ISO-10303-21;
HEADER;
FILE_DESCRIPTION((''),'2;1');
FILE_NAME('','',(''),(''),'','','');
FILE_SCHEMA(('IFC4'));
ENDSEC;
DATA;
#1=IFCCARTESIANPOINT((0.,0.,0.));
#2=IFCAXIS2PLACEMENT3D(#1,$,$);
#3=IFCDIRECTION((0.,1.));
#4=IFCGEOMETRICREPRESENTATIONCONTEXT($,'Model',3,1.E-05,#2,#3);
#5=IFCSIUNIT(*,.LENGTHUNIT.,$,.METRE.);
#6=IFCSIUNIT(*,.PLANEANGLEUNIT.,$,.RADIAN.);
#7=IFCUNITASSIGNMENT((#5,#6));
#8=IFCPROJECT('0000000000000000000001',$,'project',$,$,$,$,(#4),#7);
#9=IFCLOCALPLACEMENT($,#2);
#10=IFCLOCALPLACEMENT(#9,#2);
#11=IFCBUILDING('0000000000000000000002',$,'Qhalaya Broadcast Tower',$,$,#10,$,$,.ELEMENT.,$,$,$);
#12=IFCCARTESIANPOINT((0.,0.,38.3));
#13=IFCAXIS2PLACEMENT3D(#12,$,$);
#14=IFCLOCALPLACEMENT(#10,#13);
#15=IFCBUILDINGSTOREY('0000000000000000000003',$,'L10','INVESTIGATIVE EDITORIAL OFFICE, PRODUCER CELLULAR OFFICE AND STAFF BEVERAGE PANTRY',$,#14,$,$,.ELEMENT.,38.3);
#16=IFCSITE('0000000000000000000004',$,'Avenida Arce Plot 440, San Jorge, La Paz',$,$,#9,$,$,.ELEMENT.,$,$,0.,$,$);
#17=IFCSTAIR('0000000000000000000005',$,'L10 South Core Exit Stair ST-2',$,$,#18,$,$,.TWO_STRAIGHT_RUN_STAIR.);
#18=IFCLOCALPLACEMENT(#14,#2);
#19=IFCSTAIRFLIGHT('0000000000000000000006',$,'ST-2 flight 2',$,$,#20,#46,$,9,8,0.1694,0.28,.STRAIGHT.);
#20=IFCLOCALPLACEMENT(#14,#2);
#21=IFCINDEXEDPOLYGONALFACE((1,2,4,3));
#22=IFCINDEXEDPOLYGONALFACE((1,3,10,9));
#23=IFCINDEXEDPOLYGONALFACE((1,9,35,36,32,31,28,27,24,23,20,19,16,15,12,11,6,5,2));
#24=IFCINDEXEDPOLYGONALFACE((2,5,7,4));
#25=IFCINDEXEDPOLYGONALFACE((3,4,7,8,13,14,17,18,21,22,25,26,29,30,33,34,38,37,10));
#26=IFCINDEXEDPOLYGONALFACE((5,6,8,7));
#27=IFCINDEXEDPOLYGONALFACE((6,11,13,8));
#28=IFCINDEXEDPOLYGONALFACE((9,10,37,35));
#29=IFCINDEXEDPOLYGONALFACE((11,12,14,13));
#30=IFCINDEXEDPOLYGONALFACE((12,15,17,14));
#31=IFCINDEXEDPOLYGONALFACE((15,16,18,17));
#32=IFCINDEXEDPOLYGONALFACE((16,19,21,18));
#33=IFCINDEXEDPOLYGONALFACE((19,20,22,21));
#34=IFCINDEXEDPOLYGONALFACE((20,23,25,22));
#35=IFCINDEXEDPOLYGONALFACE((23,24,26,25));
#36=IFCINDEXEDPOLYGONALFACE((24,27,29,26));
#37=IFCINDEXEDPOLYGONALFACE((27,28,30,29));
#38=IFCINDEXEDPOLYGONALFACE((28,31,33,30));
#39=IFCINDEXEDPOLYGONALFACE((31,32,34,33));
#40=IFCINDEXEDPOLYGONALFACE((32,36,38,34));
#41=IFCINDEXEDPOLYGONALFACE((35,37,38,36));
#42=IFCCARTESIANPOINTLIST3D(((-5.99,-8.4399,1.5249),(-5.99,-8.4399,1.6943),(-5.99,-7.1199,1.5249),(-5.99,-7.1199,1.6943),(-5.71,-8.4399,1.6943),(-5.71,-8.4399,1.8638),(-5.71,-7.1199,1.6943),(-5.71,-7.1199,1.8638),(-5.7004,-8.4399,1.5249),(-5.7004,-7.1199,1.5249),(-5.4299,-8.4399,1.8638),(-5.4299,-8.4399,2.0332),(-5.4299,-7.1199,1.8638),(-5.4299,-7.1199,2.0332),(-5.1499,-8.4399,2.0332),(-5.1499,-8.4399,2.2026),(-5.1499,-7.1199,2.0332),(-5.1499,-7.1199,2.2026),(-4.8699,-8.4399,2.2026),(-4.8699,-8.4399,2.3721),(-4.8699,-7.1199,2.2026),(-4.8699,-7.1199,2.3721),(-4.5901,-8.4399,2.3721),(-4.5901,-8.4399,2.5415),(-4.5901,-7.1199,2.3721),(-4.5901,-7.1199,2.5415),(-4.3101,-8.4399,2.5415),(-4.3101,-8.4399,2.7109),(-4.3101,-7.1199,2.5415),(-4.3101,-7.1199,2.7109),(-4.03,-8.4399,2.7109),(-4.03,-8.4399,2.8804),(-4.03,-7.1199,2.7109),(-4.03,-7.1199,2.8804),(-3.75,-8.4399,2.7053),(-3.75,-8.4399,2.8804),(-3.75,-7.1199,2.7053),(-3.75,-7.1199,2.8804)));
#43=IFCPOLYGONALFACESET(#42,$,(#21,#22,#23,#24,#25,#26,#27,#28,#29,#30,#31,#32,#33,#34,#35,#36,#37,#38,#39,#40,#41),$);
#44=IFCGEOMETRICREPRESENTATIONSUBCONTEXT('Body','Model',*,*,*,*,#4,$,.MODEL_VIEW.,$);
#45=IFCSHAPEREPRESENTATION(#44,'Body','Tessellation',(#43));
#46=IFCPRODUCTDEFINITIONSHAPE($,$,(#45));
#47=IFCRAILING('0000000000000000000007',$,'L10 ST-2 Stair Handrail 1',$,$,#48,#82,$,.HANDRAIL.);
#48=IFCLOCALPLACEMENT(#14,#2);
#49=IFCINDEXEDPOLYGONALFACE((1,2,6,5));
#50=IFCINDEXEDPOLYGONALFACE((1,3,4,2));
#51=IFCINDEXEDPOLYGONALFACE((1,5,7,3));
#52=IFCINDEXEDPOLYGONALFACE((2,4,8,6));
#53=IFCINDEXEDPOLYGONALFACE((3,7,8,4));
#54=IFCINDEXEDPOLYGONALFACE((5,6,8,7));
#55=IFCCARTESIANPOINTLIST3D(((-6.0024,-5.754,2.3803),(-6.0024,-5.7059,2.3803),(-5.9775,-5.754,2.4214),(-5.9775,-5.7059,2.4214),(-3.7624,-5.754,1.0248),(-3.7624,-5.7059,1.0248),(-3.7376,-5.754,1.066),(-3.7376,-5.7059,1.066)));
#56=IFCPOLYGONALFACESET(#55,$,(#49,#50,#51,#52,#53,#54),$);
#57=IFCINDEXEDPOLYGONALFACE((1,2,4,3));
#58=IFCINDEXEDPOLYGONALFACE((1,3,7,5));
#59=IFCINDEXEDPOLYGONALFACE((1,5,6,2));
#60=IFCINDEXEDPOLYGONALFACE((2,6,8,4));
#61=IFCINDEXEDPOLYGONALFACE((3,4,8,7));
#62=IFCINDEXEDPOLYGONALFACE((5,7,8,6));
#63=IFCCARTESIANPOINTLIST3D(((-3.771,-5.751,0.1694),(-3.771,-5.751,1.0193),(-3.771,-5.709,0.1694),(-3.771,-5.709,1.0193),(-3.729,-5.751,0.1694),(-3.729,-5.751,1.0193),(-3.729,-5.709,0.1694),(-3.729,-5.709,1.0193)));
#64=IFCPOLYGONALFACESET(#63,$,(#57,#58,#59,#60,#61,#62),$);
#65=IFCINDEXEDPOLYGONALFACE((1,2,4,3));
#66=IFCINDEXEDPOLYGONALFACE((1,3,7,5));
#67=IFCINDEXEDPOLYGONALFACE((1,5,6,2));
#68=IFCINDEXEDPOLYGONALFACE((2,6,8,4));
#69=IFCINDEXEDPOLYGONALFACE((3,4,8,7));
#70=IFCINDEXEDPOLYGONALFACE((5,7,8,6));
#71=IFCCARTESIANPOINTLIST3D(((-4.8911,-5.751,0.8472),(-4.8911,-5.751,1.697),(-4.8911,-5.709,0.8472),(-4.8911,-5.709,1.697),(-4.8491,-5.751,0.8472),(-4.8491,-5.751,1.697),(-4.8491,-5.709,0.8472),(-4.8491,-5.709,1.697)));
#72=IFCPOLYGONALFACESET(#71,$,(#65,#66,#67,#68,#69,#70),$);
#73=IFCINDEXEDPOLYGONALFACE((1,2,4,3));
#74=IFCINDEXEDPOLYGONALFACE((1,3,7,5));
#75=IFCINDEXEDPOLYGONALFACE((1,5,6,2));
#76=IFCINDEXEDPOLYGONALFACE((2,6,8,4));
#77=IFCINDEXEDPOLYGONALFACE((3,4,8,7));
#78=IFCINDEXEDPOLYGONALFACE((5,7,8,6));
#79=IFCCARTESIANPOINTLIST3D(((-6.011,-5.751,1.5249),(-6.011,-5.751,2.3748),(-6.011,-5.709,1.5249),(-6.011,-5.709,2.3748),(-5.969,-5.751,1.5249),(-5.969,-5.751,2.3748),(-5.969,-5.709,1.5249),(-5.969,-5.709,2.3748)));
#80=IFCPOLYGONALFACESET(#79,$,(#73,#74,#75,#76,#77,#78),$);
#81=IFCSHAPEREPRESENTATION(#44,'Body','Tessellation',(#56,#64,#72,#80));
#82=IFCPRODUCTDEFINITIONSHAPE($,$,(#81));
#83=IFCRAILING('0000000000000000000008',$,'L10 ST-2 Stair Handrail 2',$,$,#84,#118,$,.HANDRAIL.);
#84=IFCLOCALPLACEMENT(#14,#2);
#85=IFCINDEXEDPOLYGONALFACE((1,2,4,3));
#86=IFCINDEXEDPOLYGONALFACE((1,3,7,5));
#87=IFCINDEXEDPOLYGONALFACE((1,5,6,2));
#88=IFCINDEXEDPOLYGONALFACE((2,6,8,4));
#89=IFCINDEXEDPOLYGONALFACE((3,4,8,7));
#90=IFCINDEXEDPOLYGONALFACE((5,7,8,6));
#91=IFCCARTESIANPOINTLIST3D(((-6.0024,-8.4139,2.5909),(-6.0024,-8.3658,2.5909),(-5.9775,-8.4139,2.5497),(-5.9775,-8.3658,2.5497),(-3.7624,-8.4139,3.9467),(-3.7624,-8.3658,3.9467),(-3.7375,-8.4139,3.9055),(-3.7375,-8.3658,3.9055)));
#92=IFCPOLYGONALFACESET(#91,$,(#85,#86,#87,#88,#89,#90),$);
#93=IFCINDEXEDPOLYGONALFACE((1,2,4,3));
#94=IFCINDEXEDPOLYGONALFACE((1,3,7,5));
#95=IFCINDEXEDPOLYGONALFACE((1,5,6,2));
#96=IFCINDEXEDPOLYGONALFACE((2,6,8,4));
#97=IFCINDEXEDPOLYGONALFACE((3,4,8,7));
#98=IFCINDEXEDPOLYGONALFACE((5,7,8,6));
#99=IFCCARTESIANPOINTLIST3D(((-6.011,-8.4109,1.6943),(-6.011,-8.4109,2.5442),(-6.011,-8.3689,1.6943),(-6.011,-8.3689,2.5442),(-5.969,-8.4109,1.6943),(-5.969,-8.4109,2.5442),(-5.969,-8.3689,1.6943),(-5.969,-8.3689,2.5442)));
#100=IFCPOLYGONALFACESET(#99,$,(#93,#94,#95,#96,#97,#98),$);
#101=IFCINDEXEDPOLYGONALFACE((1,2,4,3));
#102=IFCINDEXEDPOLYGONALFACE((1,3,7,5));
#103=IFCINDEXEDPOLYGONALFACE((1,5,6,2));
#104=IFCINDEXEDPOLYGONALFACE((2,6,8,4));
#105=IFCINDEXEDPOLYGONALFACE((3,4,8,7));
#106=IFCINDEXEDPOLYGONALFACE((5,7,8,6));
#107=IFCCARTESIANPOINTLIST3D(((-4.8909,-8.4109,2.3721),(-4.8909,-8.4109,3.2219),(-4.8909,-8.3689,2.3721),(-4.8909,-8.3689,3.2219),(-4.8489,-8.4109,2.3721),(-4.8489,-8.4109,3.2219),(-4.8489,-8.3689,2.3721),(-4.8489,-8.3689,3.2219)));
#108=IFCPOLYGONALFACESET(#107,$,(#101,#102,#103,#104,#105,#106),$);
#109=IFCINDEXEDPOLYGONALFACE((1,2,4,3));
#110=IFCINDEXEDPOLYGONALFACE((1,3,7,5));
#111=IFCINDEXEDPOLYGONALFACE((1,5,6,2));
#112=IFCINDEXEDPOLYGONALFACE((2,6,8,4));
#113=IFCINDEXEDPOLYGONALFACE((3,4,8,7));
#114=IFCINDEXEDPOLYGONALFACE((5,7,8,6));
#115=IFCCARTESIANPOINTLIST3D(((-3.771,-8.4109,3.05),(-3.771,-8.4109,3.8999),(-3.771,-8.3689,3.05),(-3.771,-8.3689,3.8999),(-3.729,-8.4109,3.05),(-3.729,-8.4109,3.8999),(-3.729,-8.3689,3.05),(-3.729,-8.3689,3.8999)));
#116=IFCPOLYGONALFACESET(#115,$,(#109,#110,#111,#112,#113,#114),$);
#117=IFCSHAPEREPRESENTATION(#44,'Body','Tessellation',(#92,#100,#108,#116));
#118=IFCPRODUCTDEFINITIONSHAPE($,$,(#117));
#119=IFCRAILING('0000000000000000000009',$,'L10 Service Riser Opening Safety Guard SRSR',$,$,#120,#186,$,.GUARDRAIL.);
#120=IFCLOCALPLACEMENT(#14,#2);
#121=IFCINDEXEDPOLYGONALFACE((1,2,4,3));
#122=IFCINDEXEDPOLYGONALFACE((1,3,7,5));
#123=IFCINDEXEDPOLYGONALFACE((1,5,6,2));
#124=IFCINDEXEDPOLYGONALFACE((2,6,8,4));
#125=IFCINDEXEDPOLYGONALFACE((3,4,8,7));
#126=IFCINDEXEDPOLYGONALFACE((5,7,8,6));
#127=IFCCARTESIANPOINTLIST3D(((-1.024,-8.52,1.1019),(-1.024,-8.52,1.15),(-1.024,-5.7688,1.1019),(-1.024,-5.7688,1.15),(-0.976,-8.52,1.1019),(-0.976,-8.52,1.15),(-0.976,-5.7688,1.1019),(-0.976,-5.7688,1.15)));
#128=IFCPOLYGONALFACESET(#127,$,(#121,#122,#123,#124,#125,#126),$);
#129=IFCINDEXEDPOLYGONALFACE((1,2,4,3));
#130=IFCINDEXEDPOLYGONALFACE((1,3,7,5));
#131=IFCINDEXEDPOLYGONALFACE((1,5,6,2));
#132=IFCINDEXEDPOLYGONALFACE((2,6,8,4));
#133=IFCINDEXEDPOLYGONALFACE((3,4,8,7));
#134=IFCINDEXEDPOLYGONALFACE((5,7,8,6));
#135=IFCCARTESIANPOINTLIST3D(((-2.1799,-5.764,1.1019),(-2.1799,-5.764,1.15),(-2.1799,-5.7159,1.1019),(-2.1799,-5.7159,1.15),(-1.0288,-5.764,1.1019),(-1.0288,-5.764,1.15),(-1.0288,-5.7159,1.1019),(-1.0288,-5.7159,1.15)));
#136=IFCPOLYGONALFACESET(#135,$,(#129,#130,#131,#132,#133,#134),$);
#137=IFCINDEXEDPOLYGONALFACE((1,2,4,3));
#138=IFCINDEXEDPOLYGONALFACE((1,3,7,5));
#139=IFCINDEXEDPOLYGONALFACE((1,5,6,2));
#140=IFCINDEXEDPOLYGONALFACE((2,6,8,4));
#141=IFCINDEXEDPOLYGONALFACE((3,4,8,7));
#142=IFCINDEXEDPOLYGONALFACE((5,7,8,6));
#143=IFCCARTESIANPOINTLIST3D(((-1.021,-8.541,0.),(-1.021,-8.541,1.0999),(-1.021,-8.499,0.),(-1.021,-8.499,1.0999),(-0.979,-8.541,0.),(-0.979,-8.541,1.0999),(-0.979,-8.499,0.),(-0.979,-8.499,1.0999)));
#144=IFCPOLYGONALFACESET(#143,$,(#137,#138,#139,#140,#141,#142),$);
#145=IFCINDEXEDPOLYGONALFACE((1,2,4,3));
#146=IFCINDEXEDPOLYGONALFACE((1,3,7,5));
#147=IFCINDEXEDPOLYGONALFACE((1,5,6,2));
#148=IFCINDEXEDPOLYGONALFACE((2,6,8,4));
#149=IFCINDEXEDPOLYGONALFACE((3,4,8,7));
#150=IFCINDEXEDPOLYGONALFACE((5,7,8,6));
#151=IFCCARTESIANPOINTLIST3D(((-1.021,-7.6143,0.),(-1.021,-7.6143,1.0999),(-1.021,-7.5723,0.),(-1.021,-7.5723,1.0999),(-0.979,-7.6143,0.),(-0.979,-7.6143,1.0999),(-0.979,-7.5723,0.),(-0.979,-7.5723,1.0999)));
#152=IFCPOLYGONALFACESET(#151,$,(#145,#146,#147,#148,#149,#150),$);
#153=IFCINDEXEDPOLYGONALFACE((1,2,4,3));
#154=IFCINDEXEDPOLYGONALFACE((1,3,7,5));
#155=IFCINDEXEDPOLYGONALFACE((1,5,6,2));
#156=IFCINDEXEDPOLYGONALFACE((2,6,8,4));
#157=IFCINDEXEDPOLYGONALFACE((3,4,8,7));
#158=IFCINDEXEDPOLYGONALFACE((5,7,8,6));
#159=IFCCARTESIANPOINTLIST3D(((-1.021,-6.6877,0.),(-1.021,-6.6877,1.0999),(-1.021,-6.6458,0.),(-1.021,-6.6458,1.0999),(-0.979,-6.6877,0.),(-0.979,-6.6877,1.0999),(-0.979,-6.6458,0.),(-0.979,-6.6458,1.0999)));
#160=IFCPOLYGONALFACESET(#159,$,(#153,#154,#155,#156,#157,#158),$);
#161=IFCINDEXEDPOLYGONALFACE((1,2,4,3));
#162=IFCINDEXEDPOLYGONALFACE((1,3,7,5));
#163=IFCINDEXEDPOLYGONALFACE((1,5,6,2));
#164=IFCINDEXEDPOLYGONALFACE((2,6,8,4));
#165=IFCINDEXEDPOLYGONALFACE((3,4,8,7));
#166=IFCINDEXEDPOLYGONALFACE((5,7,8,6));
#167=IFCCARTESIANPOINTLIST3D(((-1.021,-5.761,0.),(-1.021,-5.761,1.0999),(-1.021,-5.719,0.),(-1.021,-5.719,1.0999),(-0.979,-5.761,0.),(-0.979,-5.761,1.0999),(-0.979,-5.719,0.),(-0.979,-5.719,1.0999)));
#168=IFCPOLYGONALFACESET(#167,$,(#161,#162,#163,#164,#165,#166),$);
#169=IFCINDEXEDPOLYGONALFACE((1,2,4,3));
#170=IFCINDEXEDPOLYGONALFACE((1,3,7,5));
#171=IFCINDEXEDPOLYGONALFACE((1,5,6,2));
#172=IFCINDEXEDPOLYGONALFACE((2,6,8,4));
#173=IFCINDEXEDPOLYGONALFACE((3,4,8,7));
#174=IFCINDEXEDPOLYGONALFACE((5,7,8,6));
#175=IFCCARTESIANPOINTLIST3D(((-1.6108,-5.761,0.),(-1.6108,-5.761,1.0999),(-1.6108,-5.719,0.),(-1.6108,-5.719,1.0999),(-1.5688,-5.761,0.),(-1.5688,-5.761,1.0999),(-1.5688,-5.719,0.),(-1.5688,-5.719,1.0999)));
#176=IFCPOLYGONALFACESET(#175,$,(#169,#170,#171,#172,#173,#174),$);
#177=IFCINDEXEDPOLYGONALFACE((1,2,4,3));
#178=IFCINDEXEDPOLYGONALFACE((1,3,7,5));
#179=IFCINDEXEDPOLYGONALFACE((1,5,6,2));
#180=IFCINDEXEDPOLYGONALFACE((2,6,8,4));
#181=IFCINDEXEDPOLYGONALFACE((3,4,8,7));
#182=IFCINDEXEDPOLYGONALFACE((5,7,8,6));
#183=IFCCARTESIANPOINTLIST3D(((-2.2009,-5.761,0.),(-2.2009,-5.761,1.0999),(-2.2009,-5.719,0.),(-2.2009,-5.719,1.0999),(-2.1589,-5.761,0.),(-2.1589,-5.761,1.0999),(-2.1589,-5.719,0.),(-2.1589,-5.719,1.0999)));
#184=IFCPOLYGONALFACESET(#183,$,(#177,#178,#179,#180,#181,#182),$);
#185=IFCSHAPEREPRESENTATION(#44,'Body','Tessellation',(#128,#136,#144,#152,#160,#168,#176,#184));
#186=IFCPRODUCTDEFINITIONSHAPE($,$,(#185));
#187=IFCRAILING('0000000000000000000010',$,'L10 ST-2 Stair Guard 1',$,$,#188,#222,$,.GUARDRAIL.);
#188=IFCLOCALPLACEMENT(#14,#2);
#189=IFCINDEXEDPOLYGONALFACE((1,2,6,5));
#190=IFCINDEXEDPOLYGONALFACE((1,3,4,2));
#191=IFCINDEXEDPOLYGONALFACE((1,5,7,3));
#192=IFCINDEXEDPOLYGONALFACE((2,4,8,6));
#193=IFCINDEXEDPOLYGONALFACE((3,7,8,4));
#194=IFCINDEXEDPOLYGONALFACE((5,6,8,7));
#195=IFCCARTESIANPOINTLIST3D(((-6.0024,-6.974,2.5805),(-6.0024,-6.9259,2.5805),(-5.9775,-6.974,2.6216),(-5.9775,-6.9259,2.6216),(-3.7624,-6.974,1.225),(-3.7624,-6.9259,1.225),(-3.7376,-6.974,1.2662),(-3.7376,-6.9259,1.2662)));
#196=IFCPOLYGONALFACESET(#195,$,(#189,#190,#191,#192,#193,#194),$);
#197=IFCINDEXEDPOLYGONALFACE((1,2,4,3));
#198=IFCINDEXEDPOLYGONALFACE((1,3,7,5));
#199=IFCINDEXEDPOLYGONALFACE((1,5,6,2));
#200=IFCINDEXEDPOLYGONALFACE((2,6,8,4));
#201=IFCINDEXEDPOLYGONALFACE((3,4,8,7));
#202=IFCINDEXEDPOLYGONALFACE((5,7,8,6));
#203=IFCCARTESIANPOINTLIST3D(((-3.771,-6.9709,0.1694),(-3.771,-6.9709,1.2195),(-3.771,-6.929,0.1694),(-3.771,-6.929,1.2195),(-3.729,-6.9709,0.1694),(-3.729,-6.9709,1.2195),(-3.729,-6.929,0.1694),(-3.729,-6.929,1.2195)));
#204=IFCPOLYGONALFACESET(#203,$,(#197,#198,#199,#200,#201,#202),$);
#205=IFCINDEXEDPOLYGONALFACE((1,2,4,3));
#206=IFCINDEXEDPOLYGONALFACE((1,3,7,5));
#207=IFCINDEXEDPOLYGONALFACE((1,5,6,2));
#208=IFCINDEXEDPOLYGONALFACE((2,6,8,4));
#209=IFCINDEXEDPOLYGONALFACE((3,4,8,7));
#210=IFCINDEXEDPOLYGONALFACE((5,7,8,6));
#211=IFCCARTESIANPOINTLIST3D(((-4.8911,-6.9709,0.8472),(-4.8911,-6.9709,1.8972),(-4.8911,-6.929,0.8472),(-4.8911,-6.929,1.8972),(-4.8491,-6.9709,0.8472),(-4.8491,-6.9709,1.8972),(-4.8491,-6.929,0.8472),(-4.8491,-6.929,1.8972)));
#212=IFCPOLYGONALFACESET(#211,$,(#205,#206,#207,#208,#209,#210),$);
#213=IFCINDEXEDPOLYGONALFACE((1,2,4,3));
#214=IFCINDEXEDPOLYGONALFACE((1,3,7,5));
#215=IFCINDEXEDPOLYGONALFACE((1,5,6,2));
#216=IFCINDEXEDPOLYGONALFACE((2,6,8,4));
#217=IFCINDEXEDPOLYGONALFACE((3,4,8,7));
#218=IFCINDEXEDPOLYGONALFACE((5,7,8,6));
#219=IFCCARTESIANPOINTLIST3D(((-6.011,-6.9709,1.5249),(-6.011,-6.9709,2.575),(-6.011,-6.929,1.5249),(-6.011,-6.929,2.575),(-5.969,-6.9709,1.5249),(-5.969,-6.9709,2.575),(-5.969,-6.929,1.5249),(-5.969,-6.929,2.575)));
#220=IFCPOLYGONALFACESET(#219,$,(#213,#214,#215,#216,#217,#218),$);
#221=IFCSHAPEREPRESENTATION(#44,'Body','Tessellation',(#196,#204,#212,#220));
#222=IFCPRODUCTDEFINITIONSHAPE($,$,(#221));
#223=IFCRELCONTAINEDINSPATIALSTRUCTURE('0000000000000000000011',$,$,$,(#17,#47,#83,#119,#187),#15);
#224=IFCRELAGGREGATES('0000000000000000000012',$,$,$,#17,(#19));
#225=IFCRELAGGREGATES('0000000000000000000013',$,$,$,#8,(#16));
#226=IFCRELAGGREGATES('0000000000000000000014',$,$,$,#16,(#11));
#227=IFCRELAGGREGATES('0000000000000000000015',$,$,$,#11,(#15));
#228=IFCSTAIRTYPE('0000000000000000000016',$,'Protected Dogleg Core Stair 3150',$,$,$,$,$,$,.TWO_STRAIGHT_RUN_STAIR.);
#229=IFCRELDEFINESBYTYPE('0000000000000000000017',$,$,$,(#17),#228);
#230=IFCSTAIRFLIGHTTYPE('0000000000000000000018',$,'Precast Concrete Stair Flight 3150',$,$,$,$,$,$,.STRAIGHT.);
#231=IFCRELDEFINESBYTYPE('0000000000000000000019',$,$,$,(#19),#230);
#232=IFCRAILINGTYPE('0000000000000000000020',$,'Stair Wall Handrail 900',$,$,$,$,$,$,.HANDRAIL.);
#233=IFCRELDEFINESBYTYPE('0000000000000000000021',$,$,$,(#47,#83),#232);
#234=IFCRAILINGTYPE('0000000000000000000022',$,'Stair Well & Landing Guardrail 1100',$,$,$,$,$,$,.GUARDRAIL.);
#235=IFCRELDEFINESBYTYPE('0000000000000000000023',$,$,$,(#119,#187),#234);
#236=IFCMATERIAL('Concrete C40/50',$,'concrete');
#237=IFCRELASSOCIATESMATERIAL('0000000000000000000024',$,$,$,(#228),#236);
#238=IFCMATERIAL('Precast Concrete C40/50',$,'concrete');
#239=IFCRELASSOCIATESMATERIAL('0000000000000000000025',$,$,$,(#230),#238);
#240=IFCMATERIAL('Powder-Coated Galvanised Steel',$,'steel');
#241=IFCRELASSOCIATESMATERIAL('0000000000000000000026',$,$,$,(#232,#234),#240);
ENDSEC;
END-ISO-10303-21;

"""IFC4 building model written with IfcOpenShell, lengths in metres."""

from ifc_helpers import new_model, si_unit, direction, frame, origin, origin_2d, place, context, subcontext, project, spatial, polyline, rectangle, outline, extrude, material, type_object, element, aggregate, save


model = new_model("IFC4")

# Units and contexts
model_context = context("Model", 3, precision=1e-05, world=origin(), true_north=direction((0.0, 1.0)))
body_context = subcontext(model_context, "Body", "Model", "MODEL_VIEW")
ifc_project = project(units=[si_unit("LENGTHUNIT", "METRE"), si_unit("PLANEANGLEUNIT", "RADIAN")], contexts=[model_context])

# Site, building, storey
site_placement = place(None, origin())
site = spatial("IfcSite", under=ifc_project, at=site_placement, Name="Avenida Arce Plot 440, San Jorge, La Paz", CompositionType="ELEMENT", RefElevation=0.0)
building_placement = place(site_placement, origin())
building = spatial("IfcBuilding", under=site, at=building_placement, Name="Qhalaya Broadcast Tower", CompositionType="ELEMENT")
storey_placement = place(building_placement, frame((0.0, 0.0, 38.3)))
storey = spatial("IfcBuildingStorey", under=building, at=storey_placement, Name="L10", Description="INVESTIGATIVE EDITORIAL OFFICE, PRODUCER CELLULAR OFFICE AND STAFF BEVERAGE PANTRY", CompositionType="ELEMENT", Elevation=38.3)

# Stair, stair flight
ifc_material_1 = material(Name="Concrete C40/50", Category="concrete")
stair_type = type_object("IfcStairType", Name="Protected Dogleg Core Stair 3150", PredefinedType="TWO_STRAIGHT_RUN_STAIR", material=ifc_material_1)
stair_placement = place(storey_placement, origin())
stair = element("IfcStair", 1, at=stair_placement, inside=storey, type_object=stair_type, Name="L10 South Core Exit Stair ST-2", PredefinedType="TWO_STRAIGHT_RUN_STAIR")
ifc_material_2 = material(Name="Precast Concrete C40/50", Category="concrete")
stair_flight_type = type_object("IfcStairFlightType", Name="Precast Concrete Stair Flight 3150", PredefinedType="STRAIGHT", material=ifc_material_2)
stair_flight_1_placement = place(storey_placement, frame((-5.99, -7.78, 1.5249), z_axis=(0.0, 0.0, 1.0), x_axis=(1.0, 0.0, 0.0)))
stair_flight_1 = element("IfcStairFlight", 2, at=stair_flight_1_placement, type_object=stair_flight_type, Name="ST-2 flight 2", NumberOfRisers=9, NumberOfTreads=8, PredefinedType="STRAIGHT", RiserHeight=0.1694, TreadLength=0.28, context=body_context, shape_type="SweptSolid", body=[
    extrude(outline(polyline([(0.0, 0.0), (0.0, 0.1694), (0.28, 0.1694), (0.28, 0.3389), (0.5601, 0.3389), (0.5601, 0.5083), (0.8401, 0.5083), (0.8401, 0.6777), (1.1201, 0.6777), (1.1201, 0.8472), (1.3999, 0.8472), (1.3999, 1.0166), (1.6799, 1.0166), (1.6799, 1.186), (1.96, 1.186), (1.96, 1.3555), (2.24, 1.3555), (2.24, 1.5249), (2.24, 1.1804), (0.2896, 0.0), (0.0, 0.0)])), frame((0.0, 0.6602, 0.0), z_axis=(0.0, -1.0, 0.0), x_axis=(1.0, 0.0, 0.0)), (0.0, 0.0, 1.0), 1.3201),
])
aggregate(stair, [stair_flight_1])

# Railings
ifc_material_3 = material(Name="Powder-Coated Galvanised Steel", Category="steel")
railing_type_1 = type_object("IfcRailingType", Name="Stair Wall Handrail 900", PredefinedType="HANDRAIL", material=ifc_material_3)
railing_1_placement = place(storey_placement, frame((-3.75, -5.73, 0.1694)))
element("IfcRailing", 3, at=railing_1_placement, inside=storey, type_object=railing_type_1, Name="L10 ST-2 Stair Handrail 1", PredefinedType="HANDRAIL", context=body_context, shape_type="SweptSolid", body=[
    extrude(rectangle(XDim=0.0481, YDim=0.0481, at=origin_2d()), frame((0.0, 0.0, 0.876), z_axis=(-0.855553, 0.0, 0.517715), x_axis=(0.0, -1.0, 0.0)), (0.0, 0.0, 1.0), 2.6182),
    extrude(rectangle(XDim=0.042, YDim=0.042, at=origin_2d()), origin(), (0.0, 0.0, 1.0), 0.8499),
    extrude(rectangle(XDim=0.042, YDim=0.042, at=origin_2d()), frame((-1.1201, 0.0, 0.6777)), (0.0, 0.0, 1.0), 0.8499),
    extrude(rectangle(XDim=0.042, YDim=0.042, at=origin_2d()), frame((-2.24, 0.0, 1.3555)), (0.0, 0.0, 1.0), 0.8499),
])
railing_2_placement = place(storey_placement, frame((-5.99, -8.3899, 1.6943)))
element("IfcRailing", 4, at=railing_2_placement, inside=storey, type_object=railing_type_1, Name="L10 ST-2 Stair Handrail 2", PredefinedType="HANDRAIL", context=body_context, shape_type="SweptSolid", body=[
    extrude(rectangle(XDim=0.0481, YDim=0.0481, at=origin_2d()), frame((0.0, 0.0, 0.876), z_axis=(0.855512, 0.0, 0.517783), x_axis=(0.0, 1.0, 0.0)), (0.0, 0.0, 1.0), 2.6184),
    extrude(rectangle(XDim=0.042, YDim=0.042, at=origin_2d()), origin(), (0.0, 0.0, 1.0), 0.8499),
    extrude(rectangle(XDim=0.042, YDim=0.042, at=origin_2d()), frame((1.1201, 0.0, 0.6777)), (0.0, 0.0, 1.0), 0.8499),
    extrude(rectangle(XDim=0.042, YDim=0.042, at=origin_2d()), frame((2.24, 0.0, 1.3557)), (0.0, 0.0, 1.0), 0.8499),
])
railing_type_2 = type_object("IfcRailingType", Name="Stair Well & Landing Guardrail 1100", PredefinedType="GUARDRAIL", material=ifc_material_3)
railing_3_placement = place(storey_placement, frame((-1.0, -8.52, 0.0)))
element("IfcRailing", 5, at=railing_3_placement, inside=storey, type_object=railing_type_2, Name="L10 Service Riser Opening Safety Guard SRSR", PredefinedType="GUARDRAIL", context=body_context, shape_type="SweptSolid", body=[
    extrude(rectangle(XDim=0.0481, YDim=0.0481, at=origin_2d()), frame((0.0, 0.0, 1.126), z_axis=(0.0, 1.0, 0.0), x_axis=(-1.0, 0.0, 0.0)), (0.0, 0.0, 1.0), 2.7512),
    extrude(rectangle(XDim=0.0481, YDim=0.0481, at=origin_2d()), frame((-0.0288, 2.78, 1.126), z_axis=(-1.0, 0.0, 0.0), x_axis=(0.0, -1.0, 0.0)), (0.0, 0.0, 1.0), 1.1511),
    extrude(rectangle(XDim=0.042, YDim=0.042, at=origin_2d()), origin(), (0.0, 0.0, 1.0), 1.0999),
    extrude(rectangle(XDim=0.042, YDim=0.042, at=origin_2d()), frame((0.0, 0.9268, 0.0)), (0.0, 0.0, 1.0), 1.0999),
    extrude(rectangle(XDim=0.042, YDim=0.042, at=origin_2d()), frame((0.0, 1.8533, 0.0)), (0.0, 0.0, 1.0), 1.0999),
    extrude(rectangle(XDim=0.042, YDim=0.042, at=origin_2d()), frame((0.0, 2.78, 0.0)), (0.0, 0.0, 1.0), 1.0999),
    extrude(rectangle(XDim=0.042, YDim=0.042, at=origin_2d()), frame((-0.5898, 2.78, 0.0)), (0.0, 0.0, 1.0), 1.0999),
    extrude(rectangle(XDim=0.042, YDim=0.042, at=origin_2d()), frame((-1.1799, 2.78, 0.0)), (0.0, 0.0, 1.0), 1.0999),
])
railing_4_placement = place(storey_placement, frame((-3.75, -6.95, 0.1694)))
element("IfcRailing", 6, at=railing_4_placement, inside=storey, type_object=railing_type_2, Name="L10 ST-2 Stair Guard 1", PredefinedType="GUARDRAIL", context=body_context, shape_type="SweptSolid", body=[
    extrude(rectangle(XDim=0.0481, YDim=0.0481, at=origin_2d()), frame((0.0, 0.0, 1.0762), z_axis=(-0.855553, 0.0, 0.517715), x_axis=(0.0, -1.0, 0.0)), (0.0, 0.0, 1.0), 2.6182),
    extrude(rectangle(XDim=0.042, YDim=0.042, at=origin_2d()), origin(), (0.0, 0.0, 1.0), 1.05),
    extrude(rectangle(XDim=0.042, YDim=0.042, at=origin_2d()), frame((-1.1201, 0.0, 0.6777)), (0.0, 0.0, 1.0), 1.05),
    extrude(rectangle(XDim=0.042, YDim=0.042, at=origin_2d()), frame((-2.24, 0.0, 1.3555)), (0.0, 0.0, 1.0), 1.05),
])

save(model, "model.ifc")
